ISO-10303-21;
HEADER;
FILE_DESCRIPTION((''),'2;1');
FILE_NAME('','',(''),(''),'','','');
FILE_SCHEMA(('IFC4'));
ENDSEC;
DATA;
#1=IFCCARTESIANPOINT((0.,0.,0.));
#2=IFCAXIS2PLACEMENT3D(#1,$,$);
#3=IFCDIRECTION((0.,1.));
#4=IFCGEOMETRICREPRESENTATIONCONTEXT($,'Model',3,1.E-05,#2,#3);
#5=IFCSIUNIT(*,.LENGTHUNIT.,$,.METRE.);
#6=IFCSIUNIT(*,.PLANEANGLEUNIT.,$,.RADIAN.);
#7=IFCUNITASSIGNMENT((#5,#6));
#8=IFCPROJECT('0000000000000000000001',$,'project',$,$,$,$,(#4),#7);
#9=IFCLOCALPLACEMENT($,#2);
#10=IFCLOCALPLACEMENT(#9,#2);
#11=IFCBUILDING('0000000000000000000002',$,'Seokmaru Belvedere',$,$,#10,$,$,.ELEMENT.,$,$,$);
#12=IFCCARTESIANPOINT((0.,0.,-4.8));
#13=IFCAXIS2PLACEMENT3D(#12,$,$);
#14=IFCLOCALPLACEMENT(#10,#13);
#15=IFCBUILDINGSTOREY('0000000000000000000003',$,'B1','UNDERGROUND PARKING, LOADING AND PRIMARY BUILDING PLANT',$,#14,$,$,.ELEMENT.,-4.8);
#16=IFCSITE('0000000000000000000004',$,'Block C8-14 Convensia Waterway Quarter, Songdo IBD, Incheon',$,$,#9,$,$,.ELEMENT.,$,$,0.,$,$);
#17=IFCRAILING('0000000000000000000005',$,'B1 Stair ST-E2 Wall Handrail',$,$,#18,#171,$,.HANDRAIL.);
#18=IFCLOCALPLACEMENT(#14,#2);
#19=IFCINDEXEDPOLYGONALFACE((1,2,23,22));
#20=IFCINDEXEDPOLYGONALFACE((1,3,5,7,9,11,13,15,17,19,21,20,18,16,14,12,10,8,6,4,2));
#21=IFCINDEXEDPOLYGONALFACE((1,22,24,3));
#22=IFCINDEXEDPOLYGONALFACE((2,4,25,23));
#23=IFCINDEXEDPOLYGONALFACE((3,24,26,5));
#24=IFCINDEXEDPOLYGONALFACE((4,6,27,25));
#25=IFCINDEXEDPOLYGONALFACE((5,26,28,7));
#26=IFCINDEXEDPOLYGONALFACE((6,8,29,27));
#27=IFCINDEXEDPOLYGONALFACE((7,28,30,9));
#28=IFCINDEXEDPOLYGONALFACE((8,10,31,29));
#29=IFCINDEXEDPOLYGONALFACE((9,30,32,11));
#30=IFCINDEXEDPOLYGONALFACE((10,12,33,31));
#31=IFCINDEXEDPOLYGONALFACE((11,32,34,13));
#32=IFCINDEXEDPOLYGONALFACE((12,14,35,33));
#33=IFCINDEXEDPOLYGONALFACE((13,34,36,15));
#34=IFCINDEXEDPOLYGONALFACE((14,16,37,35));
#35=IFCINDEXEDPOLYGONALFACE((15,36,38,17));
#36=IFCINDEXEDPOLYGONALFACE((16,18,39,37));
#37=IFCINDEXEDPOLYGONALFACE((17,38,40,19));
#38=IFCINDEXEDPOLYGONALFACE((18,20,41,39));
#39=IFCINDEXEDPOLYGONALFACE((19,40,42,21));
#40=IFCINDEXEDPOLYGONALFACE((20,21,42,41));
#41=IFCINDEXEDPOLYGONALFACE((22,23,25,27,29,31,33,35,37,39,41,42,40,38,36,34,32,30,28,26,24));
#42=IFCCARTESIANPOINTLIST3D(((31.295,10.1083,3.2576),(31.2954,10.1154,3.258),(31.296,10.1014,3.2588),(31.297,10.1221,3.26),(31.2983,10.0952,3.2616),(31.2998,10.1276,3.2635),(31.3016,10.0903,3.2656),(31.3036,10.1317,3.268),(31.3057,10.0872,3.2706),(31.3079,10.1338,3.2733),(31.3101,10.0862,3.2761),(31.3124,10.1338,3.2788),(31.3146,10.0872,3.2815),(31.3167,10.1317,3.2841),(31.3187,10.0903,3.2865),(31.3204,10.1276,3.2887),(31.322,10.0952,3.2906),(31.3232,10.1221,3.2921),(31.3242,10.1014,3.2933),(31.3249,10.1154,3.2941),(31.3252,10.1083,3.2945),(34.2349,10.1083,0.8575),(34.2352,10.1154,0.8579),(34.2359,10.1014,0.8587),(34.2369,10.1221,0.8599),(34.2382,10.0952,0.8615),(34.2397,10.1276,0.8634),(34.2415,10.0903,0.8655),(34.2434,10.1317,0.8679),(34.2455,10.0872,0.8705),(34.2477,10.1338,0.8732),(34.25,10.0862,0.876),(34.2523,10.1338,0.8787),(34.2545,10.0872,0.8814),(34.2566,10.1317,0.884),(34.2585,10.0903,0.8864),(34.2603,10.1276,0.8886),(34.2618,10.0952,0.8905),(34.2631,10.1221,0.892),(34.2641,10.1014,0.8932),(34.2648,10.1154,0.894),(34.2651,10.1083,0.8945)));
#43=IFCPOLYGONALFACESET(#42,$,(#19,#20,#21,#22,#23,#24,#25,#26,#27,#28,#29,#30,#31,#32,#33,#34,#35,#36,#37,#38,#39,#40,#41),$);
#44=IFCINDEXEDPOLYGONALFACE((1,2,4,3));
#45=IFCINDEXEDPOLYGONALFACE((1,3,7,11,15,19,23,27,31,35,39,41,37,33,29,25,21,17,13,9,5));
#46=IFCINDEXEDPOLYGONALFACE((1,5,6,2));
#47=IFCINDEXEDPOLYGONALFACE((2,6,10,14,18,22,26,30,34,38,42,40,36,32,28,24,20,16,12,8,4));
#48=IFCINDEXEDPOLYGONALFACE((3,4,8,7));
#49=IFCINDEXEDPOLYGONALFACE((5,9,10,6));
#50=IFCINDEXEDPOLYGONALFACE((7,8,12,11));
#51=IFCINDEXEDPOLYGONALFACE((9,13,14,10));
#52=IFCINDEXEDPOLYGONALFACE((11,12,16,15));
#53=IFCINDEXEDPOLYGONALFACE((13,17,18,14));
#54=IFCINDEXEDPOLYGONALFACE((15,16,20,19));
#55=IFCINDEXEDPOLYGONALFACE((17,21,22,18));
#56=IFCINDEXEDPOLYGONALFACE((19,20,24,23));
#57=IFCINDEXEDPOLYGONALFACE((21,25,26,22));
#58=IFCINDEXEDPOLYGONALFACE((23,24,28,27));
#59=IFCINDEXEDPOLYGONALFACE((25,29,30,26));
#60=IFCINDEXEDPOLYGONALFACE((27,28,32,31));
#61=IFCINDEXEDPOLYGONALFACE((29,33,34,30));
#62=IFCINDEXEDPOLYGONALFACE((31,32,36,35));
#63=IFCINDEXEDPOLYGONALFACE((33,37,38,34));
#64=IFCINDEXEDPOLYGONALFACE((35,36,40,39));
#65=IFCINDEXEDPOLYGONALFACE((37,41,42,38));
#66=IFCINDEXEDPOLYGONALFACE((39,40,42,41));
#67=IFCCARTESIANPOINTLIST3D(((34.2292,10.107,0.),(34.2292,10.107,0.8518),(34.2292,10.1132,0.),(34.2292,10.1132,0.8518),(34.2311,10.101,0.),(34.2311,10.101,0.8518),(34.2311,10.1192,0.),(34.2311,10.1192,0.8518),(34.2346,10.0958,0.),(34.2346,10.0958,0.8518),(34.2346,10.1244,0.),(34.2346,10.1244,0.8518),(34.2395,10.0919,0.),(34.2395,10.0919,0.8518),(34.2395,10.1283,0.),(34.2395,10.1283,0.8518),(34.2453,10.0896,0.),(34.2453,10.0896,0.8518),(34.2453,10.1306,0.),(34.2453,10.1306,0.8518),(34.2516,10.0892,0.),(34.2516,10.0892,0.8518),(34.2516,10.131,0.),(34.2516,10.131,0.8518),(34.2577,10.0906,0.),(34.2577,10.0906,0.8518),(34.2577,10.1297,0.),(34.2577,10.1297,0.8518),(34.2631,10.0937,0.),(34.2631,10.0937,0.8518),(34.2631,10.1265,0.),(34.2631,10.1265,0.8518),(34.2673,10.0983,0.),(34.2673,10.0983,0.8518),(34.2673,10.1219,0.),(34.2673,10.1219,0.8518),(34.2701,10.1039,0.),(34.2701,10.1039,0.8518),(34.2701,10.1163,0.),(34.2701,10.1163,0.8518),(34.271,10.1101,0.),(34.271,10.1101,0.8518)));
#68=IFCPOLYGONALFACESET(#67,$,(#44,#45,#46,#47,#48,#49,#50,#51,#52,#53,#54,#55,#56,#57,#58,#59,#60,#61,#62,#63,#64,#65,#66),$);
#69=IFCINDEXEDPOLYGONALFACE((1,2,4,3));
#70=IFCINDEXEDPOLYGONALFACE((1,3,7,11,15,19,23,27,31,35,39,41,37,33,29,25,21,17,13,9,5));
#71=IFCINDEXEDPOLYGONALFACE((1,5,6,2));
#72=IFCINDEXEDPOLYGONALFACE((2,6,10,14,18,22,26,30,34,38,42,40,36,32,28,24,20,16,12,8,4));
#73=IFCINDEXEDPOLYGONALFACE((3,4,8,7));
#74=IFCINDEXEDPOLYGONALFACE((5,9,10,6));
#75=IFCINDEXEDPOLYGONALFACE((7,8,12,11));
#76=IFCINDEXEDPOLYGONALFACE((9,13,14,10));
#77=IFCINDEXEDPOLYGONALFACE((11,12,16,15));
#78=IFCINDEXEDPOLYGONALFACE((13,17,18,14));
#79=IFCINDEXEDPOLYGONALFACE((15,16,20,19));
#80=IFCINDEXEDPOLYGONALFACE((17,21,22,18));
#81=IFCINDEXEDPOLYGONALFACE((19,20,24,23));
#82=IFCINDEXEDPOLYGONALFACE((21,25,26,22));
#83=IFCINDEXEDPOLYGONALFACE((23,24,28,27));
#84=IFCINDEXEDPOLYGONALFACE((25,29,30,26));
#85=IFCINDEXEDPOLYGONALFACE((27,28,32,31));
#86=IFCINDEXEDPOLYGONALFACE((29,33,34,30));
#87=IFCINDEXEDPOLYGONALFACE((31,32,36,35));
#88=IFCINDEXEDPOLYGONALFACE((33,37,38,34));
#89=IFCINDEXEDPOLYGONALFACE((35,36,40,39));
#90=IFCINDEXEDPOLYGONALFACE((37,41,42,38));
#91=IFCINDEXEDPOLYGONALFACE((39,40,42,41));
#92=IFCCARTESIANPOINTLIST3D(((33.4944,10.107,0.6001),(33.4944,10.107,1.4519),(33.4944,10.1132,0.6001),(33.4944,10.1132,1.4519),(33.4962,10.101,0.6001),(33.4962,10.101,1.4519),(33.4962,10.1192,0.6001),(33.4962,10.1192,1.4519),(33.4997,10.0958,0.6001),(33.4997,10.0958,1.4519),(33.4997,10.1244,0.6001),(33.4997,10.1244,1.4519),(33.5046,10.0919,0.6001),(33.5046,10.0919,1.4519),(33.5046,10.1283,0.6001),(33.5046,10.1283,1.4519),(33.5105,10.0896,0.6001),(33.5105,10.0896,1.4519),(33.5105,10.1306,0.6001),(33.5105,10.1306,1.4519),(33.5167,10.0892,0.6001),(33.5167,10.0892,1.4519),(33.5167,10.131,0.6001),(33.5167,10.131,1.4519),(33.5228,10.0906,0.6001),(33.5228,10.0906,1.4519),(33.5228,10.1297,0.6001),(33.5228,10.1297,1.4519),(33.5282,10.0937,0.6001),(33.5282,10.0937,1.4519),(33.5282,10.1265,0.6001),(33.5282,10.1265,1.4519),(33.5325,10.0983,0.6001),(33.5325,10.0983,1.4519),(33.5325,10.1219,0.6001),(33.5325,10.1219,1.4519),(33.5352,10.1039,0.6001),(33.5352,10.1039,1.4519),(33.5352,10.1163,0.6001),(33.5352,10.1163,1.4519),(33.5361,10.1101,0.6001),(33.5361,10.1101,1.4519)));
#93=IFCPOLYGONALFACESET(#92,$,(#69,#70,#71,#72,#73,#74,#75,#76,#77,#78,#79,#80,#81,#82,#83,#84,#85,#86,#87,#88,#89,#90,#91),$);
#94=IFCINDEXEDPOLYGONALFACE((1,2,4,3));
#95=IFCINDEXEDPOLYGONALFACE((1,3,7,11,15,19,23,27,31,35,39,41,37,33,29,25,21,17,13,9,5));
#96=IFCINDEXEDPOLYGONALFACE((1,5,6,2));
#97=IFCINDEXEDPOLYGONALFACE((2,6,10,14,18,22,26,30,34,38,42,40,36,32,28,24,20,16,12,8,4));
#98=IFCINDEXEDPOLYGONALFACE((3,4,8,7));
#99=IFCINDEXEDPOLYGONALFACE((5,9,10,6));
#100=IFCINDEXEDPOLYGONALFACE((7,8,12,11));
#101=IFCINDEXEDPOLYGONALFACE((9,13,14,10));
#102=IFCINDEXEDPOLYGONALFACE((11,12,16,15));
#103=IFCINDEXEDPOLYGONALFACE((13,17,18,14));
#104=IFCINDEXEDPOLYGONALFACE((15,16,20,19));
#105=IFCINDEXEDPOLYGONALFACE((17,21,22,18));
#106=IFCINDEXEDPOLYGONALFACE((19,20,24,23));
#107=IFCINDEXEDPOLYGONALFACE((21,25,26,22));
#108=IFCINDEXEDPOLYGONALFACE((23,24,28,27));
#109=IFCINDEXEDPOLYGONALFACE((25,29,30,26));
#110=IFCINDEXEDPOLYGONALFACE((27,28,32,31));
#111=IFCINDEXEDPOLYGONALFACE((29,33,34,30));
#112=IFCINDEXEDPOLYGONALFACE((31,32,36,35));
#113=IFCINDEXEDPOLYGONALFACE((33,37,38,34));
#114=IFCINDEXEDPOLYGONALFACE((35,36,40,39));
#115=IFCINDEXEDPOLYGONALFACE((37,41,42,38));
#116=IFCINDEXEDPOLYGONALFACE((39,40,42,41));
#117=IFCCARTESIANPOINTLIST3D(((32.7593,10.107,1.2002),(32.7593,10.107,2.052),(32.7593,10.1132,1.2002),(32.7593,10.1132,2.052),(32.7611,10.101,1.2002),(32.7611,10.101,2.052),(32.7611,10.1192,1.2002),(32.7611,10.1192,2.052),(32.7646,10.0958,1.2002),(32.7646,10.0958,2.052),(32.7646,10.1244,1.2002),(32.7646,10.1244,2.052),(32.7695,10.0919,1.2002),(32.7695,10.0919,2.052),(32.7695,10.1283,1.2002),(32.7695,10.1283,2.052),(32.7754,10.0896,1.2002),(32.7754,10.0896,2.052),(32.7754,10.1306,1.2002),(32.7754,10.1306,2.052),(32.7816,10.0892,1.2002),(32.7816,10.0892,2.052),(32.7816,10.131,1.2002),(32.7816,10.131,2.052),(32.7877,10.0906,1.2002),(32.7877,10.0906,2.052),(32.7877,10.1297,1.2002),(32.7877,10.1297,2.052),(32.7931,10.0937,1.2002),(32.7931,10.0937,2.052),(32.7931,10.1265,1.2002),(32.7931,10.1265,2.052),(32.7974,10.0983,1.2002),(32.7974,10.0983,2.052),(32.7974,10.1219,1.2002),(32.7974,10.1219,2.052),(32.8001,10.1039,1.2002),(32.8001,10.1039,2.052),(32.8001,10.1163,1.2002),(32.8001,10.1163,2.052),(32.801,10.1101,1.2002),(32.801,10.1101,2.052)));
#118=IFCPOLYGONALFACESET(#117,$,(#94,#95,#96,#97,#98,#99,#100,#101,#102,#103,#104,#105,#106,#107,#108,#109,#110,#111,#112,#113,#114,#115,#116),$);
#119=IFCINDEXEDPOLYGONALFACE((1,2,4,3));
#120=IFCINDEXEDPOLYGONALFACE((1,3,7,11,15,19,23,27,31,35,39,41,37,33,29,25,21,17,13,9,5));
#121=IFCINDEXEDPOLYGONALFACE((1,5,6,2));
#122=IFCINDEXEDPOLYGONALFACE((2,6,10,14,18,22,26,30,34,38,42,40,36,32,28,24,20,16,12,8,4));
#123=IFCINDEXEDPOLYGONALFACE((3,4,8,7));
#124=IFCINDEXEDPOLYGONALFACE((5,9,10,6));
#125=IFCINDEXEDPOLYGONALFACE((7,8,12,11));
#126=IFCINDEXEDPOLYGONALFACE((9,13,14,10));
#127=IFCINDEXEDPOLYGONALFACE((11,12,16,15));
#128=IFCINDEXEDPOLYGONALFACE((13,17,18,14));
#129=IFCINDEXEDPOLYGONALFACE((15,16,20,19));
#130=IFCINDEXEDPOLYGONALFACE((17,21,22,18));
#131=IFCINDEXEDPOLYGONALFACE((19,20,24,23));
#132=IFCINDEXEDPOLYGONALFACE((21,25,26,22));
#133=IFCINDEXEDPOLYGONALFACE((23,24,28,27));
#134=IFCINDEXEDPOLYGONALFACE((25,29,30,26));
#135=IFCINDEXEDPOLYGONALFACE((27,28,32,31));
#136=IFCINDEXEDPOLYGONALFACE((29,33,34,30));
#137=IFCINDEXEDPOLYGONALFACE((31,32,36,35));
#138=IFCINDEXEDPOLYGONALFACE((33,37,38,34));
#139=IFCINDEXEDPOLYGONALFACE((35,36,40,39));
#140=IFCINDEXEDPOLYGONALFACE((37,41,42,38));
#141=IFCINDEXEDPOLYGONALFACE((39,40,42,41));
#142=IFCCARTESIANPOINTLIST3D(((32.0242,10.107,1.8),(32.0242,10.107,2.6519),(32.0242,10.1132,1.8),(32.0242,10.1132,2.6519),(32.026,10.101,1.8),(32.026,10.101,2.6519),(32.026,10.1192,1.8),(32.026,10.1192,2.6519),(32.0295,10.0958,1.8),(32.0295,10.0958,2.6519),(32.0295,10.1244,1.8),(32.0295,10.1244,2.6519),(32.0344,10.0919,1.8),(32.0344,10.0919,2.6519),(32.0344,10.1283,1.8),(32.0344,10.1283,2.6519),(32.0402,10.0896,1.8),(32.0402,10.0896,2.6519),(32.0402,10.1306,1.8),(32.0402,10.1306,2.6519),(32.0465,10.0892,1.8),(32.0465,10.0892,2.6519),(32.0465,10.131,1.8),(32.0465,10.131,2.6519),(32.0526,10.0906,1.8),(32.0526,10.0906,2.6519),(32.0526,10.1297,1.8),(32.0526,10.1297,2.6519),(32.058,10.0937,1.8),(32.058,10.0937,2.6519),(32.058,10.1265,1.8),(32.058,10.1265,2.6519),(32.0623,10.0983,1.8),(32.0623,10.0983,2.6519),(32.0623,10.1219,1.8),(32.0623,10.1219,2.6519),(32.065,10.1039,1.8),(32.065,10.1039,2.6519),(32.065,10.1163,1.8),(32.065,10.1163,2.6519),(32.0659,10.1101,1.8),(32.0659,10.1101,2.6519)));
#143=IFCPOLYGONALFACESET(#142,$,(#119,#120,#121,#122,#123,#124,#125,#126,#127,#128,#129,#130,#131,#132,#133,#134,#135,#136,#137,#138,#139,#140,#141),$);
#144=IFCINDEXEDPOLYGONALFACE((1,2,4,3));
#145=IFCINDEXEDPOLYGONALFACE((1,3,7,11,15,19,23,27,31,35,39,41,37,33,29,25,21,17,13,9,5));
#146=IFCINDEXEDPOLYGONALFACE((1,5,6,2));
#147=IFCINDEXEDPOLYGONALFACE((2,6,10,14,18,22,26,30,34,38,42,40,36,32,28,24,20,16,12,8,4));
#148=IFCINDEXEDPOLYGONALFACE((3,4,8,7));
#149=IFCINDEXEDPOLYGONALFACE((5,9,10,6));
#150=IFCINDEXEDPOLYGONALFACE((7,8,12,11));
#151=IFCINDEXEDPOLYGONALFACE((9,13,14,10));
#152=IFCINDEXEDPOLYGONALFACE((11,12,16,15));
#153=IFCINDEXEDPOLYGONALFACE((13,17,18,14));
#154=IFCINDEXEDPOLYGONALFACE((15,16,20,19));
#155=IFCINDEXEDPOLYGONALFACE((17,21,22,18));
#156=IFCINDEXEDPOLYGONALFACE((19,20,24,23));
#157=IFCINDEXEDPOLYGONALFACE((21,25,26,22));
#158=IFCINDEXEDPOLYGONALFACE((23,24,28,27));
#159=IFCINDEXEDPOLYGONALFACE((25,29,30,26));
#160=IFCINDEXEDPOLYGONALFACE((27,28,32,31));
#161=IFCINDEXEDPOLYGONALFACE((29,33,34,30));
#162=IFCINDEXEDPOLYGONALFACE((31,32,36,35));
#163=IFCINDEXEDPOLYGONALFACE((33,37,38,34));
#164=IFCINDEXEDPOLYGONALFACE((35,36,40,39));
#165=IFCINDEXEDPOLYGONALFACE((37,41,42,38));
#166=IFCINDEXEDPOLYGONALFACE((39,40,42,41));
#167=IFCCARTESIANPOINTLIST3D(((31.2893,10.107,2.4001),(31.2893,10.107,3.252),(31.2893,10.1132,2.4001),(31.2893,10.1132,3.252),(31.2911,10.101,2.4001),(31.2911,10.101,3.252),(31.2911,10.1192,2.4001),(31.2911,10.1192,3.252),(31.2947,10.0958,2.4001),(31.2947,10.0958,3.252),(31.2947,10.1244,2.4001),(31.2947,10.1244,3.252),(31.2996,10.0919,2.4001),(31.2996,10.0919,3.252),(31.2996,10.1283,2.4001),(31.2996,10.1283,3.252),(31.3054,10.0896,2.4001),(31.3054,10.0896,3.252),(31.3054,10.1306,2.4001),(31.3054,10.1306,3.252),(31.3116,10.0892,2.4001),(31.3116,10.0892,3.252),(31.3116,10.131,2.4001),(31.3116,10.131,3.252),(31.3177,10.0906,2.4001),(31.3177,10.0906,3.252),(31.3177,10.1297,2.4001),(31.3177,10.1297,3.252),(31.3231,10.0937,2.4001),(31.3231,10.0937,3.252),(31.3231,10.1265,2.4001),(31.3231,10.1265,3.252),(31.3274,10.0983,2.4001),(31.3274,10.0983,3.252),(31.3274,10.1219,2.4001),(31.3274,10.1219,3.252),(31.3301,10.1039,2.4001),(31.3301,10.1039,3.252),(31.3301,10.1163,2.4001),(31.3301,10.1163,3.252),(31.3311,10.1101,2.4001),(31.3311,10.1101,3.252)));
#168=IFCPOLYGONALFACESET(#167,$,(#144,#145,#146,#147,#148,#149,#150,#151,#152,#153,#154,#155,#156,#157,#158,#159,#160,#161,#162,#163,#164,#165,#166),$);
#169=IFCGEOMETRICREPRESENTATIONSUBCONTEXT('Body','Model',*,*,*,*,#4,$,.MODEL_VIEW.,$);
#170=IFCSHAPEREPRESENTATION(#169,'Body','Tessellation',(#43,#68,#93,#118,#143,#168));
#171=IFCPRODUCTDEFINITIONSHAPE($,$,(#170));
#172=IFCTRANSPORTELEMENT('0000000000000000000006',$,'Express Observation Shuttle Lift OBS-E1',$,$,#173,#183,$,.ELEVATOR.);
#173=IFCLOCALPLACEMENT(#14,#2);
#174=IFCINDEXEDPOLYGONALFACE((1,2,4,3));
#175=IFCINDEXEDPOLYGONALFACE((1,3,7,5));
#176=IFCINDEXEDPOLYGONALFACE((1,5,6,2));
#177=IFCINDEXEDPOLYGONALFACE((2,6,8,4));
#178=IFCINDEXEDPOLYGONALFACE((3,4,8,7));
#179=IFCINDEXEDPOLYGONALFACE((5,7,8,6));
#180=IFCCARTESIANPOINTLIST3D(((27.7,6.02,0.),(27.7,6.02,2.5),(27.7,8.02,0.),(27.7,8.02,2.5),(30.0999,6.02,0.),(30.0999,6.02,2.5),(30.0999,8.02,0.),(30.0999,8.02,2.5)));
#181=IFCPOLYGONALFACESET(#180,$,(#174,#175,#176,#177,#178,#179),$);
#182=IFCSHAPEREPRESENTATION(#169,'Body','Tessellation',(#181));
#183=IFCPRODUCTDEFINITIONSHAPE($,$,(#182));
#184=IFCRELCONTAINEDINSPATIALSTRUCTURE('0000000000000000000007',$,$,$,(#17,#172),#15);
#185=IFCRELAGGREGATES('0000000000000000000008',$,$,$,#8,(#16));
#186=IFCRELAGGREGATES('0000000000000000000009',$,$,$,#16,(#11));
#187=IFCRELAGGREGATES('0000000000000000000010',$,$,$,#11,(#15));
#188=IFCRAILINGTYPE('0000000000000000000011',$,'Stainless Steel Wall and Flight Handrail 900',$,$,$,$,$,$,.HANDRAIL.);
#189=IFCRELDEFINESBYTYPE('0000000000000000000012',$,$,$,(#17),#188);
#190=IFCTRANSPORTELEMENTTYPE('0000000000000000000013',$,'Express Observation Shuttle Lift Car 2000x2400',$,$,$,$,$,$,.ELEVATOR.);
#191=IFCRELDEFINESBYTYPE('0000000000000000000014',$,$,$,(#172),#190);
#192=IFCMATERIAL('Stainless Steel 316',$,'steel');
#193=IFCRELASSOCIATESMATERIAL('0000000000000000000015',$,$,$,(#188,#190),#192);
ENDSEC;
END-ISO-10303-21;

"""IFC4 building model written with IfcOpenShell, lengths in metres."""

from ifc_helpers import new_model, si_unit, direction, frame, origin, origin_2d, place, context, subcontext, project, spatial, rectangle, circle, extrude, source, transform, mapped, material, type_object, type_shapes, element, save


model = new_model("IFC4")

# Units and contexts
model_context = context("Model", 3, precision=1e-05, world=origin(), true_north=direction((0.0, 1.0)))
body_context = subcontext(model_context, "Body", "Model", "MODEL_VIEW")
ifc_project = project(units=[si_unit("LENGTHUNIT", "METRE"), si_unit("PLANEANGLEUNIT", "RADIAN")], contexts=[model_context])

# Site, building, storey
site_placement = place(None, origin())
site = spatial("IfcSite", under=ifc_project, at=site_placement, Name="Block C8-14 Convensia Waterway Quarter, Songdo IBD, Incheon", CompositionType="ELEMENT", RefElevation=0.0)
building_placement = place(site_placement, origin())
building = spatial("IfcBuilding", under=site, at=building_placement, Name="Seokmaru Belvedere", CompositionType="ELEMENT")
storey_placement = place(building_placement, frame((0.0, 0.0, -4.8)))
storey = spatial("IfcBuildingStorey", under=building, at=storey_placement, Name="B1", Description="UNDERGROUND PARKING, LOADING AND PRIMARY BUILDING PLANT", CompositionType="ELEMENT", Elevation=-4.8)

# Shared definitions
ifc_material_1 = material(Name="Stainless Steel 316", Category="steel")

# Railing
railing_type_1 = type_object("IfcRailingType", Name="Stainless Steel Wall and Flight Handrail 900", PredefinedType="HANDRAIL", material=ifc_material_1)
railing_1_placement = place(storey_placement, frame((34.25, 10.1101, 0.0)))
element("IfcRailing", 1, at=railing_1_placement, inside=storey, type_object=railing_type_1, Name="B1 Stair ST-E2 Wall Handrail", PredefinedType="HANDRAIL", context=body_context, shape_type="SweptSolid", body=[
    extrude(circle(Radius=0.0239, at=origin_2d()), frame((0.0, 0.0, 0.876), z_axis=(-0.774636, 0.0, 0.632407), x_axis=(0.0, -1.0, 0.0)), (0.0, 0.0, 1.0), 3.7952),
    extrude(circle(Radius=0.021, at=origin_2d()), origin(), (0.0, 0.0, 1.0), 0.8518),
    extrude(circle(Radius=0.021, at=origin_2d()), frame((-0.7349, 0.0, 0.6001)), (0.0, 0.0, 1.0), 0.8518),
    extrude(circle(Radius=0.021, at=origin_2d()), frame((-1.47, 0.0, 1.2002)), (0.0, 0.0, 1.0), 0.8518),
    extrude(circle(Radius=0.021, at=origin_2d()), frame((-2.2051, 0.0, 1.8)), (0.0, 0.0, 1.0), 0.8518),
    extrude(circle(Radius=0.021, at=origin_2d()), frame((-2.9399, 0.0, 2.4001)), (0.0, 0.0, 1.0), 0.8518),
])

# Transport element
transport_element_type = type_object("IfcTransportElementType", Name="Express Observation Shuttle Lift Car 2000x2400", PredefinedType="ELEVATOR", material=ifc_material_1)
shared_shape_1 = source(origin(), body_context, "Body", "SweptSolid", [
    extrude(rectangle(XDim=2.3999, YDim=2.0, at=origin_2d()), origin(), (0.0, 0.0, 1.0), 2.5),
])
type_shapes(transport_element_type, [shared_shape_1])
transport_element_placement = place(storey_placement, frame((28.8999, 7.02, 0.0), z_axis=(0.0, 0.0, 1.0), x_axis=(1.0, 0.0, 0.0)))
element("IfcTransportElement", 2, at=transport_element_placement, inside=storey, type_object=transport_element_type, Name="Express Observation Shuttle Lift OBS-E1", PredefinedType="ELEVATOR", context=body_context, shape_type="MappedRepresentation", body=[
    mapped(shared_shape_1, transform((0.0, 0.0, 0.0), scale=1.0)),
])

save(model, "model.ifc")
